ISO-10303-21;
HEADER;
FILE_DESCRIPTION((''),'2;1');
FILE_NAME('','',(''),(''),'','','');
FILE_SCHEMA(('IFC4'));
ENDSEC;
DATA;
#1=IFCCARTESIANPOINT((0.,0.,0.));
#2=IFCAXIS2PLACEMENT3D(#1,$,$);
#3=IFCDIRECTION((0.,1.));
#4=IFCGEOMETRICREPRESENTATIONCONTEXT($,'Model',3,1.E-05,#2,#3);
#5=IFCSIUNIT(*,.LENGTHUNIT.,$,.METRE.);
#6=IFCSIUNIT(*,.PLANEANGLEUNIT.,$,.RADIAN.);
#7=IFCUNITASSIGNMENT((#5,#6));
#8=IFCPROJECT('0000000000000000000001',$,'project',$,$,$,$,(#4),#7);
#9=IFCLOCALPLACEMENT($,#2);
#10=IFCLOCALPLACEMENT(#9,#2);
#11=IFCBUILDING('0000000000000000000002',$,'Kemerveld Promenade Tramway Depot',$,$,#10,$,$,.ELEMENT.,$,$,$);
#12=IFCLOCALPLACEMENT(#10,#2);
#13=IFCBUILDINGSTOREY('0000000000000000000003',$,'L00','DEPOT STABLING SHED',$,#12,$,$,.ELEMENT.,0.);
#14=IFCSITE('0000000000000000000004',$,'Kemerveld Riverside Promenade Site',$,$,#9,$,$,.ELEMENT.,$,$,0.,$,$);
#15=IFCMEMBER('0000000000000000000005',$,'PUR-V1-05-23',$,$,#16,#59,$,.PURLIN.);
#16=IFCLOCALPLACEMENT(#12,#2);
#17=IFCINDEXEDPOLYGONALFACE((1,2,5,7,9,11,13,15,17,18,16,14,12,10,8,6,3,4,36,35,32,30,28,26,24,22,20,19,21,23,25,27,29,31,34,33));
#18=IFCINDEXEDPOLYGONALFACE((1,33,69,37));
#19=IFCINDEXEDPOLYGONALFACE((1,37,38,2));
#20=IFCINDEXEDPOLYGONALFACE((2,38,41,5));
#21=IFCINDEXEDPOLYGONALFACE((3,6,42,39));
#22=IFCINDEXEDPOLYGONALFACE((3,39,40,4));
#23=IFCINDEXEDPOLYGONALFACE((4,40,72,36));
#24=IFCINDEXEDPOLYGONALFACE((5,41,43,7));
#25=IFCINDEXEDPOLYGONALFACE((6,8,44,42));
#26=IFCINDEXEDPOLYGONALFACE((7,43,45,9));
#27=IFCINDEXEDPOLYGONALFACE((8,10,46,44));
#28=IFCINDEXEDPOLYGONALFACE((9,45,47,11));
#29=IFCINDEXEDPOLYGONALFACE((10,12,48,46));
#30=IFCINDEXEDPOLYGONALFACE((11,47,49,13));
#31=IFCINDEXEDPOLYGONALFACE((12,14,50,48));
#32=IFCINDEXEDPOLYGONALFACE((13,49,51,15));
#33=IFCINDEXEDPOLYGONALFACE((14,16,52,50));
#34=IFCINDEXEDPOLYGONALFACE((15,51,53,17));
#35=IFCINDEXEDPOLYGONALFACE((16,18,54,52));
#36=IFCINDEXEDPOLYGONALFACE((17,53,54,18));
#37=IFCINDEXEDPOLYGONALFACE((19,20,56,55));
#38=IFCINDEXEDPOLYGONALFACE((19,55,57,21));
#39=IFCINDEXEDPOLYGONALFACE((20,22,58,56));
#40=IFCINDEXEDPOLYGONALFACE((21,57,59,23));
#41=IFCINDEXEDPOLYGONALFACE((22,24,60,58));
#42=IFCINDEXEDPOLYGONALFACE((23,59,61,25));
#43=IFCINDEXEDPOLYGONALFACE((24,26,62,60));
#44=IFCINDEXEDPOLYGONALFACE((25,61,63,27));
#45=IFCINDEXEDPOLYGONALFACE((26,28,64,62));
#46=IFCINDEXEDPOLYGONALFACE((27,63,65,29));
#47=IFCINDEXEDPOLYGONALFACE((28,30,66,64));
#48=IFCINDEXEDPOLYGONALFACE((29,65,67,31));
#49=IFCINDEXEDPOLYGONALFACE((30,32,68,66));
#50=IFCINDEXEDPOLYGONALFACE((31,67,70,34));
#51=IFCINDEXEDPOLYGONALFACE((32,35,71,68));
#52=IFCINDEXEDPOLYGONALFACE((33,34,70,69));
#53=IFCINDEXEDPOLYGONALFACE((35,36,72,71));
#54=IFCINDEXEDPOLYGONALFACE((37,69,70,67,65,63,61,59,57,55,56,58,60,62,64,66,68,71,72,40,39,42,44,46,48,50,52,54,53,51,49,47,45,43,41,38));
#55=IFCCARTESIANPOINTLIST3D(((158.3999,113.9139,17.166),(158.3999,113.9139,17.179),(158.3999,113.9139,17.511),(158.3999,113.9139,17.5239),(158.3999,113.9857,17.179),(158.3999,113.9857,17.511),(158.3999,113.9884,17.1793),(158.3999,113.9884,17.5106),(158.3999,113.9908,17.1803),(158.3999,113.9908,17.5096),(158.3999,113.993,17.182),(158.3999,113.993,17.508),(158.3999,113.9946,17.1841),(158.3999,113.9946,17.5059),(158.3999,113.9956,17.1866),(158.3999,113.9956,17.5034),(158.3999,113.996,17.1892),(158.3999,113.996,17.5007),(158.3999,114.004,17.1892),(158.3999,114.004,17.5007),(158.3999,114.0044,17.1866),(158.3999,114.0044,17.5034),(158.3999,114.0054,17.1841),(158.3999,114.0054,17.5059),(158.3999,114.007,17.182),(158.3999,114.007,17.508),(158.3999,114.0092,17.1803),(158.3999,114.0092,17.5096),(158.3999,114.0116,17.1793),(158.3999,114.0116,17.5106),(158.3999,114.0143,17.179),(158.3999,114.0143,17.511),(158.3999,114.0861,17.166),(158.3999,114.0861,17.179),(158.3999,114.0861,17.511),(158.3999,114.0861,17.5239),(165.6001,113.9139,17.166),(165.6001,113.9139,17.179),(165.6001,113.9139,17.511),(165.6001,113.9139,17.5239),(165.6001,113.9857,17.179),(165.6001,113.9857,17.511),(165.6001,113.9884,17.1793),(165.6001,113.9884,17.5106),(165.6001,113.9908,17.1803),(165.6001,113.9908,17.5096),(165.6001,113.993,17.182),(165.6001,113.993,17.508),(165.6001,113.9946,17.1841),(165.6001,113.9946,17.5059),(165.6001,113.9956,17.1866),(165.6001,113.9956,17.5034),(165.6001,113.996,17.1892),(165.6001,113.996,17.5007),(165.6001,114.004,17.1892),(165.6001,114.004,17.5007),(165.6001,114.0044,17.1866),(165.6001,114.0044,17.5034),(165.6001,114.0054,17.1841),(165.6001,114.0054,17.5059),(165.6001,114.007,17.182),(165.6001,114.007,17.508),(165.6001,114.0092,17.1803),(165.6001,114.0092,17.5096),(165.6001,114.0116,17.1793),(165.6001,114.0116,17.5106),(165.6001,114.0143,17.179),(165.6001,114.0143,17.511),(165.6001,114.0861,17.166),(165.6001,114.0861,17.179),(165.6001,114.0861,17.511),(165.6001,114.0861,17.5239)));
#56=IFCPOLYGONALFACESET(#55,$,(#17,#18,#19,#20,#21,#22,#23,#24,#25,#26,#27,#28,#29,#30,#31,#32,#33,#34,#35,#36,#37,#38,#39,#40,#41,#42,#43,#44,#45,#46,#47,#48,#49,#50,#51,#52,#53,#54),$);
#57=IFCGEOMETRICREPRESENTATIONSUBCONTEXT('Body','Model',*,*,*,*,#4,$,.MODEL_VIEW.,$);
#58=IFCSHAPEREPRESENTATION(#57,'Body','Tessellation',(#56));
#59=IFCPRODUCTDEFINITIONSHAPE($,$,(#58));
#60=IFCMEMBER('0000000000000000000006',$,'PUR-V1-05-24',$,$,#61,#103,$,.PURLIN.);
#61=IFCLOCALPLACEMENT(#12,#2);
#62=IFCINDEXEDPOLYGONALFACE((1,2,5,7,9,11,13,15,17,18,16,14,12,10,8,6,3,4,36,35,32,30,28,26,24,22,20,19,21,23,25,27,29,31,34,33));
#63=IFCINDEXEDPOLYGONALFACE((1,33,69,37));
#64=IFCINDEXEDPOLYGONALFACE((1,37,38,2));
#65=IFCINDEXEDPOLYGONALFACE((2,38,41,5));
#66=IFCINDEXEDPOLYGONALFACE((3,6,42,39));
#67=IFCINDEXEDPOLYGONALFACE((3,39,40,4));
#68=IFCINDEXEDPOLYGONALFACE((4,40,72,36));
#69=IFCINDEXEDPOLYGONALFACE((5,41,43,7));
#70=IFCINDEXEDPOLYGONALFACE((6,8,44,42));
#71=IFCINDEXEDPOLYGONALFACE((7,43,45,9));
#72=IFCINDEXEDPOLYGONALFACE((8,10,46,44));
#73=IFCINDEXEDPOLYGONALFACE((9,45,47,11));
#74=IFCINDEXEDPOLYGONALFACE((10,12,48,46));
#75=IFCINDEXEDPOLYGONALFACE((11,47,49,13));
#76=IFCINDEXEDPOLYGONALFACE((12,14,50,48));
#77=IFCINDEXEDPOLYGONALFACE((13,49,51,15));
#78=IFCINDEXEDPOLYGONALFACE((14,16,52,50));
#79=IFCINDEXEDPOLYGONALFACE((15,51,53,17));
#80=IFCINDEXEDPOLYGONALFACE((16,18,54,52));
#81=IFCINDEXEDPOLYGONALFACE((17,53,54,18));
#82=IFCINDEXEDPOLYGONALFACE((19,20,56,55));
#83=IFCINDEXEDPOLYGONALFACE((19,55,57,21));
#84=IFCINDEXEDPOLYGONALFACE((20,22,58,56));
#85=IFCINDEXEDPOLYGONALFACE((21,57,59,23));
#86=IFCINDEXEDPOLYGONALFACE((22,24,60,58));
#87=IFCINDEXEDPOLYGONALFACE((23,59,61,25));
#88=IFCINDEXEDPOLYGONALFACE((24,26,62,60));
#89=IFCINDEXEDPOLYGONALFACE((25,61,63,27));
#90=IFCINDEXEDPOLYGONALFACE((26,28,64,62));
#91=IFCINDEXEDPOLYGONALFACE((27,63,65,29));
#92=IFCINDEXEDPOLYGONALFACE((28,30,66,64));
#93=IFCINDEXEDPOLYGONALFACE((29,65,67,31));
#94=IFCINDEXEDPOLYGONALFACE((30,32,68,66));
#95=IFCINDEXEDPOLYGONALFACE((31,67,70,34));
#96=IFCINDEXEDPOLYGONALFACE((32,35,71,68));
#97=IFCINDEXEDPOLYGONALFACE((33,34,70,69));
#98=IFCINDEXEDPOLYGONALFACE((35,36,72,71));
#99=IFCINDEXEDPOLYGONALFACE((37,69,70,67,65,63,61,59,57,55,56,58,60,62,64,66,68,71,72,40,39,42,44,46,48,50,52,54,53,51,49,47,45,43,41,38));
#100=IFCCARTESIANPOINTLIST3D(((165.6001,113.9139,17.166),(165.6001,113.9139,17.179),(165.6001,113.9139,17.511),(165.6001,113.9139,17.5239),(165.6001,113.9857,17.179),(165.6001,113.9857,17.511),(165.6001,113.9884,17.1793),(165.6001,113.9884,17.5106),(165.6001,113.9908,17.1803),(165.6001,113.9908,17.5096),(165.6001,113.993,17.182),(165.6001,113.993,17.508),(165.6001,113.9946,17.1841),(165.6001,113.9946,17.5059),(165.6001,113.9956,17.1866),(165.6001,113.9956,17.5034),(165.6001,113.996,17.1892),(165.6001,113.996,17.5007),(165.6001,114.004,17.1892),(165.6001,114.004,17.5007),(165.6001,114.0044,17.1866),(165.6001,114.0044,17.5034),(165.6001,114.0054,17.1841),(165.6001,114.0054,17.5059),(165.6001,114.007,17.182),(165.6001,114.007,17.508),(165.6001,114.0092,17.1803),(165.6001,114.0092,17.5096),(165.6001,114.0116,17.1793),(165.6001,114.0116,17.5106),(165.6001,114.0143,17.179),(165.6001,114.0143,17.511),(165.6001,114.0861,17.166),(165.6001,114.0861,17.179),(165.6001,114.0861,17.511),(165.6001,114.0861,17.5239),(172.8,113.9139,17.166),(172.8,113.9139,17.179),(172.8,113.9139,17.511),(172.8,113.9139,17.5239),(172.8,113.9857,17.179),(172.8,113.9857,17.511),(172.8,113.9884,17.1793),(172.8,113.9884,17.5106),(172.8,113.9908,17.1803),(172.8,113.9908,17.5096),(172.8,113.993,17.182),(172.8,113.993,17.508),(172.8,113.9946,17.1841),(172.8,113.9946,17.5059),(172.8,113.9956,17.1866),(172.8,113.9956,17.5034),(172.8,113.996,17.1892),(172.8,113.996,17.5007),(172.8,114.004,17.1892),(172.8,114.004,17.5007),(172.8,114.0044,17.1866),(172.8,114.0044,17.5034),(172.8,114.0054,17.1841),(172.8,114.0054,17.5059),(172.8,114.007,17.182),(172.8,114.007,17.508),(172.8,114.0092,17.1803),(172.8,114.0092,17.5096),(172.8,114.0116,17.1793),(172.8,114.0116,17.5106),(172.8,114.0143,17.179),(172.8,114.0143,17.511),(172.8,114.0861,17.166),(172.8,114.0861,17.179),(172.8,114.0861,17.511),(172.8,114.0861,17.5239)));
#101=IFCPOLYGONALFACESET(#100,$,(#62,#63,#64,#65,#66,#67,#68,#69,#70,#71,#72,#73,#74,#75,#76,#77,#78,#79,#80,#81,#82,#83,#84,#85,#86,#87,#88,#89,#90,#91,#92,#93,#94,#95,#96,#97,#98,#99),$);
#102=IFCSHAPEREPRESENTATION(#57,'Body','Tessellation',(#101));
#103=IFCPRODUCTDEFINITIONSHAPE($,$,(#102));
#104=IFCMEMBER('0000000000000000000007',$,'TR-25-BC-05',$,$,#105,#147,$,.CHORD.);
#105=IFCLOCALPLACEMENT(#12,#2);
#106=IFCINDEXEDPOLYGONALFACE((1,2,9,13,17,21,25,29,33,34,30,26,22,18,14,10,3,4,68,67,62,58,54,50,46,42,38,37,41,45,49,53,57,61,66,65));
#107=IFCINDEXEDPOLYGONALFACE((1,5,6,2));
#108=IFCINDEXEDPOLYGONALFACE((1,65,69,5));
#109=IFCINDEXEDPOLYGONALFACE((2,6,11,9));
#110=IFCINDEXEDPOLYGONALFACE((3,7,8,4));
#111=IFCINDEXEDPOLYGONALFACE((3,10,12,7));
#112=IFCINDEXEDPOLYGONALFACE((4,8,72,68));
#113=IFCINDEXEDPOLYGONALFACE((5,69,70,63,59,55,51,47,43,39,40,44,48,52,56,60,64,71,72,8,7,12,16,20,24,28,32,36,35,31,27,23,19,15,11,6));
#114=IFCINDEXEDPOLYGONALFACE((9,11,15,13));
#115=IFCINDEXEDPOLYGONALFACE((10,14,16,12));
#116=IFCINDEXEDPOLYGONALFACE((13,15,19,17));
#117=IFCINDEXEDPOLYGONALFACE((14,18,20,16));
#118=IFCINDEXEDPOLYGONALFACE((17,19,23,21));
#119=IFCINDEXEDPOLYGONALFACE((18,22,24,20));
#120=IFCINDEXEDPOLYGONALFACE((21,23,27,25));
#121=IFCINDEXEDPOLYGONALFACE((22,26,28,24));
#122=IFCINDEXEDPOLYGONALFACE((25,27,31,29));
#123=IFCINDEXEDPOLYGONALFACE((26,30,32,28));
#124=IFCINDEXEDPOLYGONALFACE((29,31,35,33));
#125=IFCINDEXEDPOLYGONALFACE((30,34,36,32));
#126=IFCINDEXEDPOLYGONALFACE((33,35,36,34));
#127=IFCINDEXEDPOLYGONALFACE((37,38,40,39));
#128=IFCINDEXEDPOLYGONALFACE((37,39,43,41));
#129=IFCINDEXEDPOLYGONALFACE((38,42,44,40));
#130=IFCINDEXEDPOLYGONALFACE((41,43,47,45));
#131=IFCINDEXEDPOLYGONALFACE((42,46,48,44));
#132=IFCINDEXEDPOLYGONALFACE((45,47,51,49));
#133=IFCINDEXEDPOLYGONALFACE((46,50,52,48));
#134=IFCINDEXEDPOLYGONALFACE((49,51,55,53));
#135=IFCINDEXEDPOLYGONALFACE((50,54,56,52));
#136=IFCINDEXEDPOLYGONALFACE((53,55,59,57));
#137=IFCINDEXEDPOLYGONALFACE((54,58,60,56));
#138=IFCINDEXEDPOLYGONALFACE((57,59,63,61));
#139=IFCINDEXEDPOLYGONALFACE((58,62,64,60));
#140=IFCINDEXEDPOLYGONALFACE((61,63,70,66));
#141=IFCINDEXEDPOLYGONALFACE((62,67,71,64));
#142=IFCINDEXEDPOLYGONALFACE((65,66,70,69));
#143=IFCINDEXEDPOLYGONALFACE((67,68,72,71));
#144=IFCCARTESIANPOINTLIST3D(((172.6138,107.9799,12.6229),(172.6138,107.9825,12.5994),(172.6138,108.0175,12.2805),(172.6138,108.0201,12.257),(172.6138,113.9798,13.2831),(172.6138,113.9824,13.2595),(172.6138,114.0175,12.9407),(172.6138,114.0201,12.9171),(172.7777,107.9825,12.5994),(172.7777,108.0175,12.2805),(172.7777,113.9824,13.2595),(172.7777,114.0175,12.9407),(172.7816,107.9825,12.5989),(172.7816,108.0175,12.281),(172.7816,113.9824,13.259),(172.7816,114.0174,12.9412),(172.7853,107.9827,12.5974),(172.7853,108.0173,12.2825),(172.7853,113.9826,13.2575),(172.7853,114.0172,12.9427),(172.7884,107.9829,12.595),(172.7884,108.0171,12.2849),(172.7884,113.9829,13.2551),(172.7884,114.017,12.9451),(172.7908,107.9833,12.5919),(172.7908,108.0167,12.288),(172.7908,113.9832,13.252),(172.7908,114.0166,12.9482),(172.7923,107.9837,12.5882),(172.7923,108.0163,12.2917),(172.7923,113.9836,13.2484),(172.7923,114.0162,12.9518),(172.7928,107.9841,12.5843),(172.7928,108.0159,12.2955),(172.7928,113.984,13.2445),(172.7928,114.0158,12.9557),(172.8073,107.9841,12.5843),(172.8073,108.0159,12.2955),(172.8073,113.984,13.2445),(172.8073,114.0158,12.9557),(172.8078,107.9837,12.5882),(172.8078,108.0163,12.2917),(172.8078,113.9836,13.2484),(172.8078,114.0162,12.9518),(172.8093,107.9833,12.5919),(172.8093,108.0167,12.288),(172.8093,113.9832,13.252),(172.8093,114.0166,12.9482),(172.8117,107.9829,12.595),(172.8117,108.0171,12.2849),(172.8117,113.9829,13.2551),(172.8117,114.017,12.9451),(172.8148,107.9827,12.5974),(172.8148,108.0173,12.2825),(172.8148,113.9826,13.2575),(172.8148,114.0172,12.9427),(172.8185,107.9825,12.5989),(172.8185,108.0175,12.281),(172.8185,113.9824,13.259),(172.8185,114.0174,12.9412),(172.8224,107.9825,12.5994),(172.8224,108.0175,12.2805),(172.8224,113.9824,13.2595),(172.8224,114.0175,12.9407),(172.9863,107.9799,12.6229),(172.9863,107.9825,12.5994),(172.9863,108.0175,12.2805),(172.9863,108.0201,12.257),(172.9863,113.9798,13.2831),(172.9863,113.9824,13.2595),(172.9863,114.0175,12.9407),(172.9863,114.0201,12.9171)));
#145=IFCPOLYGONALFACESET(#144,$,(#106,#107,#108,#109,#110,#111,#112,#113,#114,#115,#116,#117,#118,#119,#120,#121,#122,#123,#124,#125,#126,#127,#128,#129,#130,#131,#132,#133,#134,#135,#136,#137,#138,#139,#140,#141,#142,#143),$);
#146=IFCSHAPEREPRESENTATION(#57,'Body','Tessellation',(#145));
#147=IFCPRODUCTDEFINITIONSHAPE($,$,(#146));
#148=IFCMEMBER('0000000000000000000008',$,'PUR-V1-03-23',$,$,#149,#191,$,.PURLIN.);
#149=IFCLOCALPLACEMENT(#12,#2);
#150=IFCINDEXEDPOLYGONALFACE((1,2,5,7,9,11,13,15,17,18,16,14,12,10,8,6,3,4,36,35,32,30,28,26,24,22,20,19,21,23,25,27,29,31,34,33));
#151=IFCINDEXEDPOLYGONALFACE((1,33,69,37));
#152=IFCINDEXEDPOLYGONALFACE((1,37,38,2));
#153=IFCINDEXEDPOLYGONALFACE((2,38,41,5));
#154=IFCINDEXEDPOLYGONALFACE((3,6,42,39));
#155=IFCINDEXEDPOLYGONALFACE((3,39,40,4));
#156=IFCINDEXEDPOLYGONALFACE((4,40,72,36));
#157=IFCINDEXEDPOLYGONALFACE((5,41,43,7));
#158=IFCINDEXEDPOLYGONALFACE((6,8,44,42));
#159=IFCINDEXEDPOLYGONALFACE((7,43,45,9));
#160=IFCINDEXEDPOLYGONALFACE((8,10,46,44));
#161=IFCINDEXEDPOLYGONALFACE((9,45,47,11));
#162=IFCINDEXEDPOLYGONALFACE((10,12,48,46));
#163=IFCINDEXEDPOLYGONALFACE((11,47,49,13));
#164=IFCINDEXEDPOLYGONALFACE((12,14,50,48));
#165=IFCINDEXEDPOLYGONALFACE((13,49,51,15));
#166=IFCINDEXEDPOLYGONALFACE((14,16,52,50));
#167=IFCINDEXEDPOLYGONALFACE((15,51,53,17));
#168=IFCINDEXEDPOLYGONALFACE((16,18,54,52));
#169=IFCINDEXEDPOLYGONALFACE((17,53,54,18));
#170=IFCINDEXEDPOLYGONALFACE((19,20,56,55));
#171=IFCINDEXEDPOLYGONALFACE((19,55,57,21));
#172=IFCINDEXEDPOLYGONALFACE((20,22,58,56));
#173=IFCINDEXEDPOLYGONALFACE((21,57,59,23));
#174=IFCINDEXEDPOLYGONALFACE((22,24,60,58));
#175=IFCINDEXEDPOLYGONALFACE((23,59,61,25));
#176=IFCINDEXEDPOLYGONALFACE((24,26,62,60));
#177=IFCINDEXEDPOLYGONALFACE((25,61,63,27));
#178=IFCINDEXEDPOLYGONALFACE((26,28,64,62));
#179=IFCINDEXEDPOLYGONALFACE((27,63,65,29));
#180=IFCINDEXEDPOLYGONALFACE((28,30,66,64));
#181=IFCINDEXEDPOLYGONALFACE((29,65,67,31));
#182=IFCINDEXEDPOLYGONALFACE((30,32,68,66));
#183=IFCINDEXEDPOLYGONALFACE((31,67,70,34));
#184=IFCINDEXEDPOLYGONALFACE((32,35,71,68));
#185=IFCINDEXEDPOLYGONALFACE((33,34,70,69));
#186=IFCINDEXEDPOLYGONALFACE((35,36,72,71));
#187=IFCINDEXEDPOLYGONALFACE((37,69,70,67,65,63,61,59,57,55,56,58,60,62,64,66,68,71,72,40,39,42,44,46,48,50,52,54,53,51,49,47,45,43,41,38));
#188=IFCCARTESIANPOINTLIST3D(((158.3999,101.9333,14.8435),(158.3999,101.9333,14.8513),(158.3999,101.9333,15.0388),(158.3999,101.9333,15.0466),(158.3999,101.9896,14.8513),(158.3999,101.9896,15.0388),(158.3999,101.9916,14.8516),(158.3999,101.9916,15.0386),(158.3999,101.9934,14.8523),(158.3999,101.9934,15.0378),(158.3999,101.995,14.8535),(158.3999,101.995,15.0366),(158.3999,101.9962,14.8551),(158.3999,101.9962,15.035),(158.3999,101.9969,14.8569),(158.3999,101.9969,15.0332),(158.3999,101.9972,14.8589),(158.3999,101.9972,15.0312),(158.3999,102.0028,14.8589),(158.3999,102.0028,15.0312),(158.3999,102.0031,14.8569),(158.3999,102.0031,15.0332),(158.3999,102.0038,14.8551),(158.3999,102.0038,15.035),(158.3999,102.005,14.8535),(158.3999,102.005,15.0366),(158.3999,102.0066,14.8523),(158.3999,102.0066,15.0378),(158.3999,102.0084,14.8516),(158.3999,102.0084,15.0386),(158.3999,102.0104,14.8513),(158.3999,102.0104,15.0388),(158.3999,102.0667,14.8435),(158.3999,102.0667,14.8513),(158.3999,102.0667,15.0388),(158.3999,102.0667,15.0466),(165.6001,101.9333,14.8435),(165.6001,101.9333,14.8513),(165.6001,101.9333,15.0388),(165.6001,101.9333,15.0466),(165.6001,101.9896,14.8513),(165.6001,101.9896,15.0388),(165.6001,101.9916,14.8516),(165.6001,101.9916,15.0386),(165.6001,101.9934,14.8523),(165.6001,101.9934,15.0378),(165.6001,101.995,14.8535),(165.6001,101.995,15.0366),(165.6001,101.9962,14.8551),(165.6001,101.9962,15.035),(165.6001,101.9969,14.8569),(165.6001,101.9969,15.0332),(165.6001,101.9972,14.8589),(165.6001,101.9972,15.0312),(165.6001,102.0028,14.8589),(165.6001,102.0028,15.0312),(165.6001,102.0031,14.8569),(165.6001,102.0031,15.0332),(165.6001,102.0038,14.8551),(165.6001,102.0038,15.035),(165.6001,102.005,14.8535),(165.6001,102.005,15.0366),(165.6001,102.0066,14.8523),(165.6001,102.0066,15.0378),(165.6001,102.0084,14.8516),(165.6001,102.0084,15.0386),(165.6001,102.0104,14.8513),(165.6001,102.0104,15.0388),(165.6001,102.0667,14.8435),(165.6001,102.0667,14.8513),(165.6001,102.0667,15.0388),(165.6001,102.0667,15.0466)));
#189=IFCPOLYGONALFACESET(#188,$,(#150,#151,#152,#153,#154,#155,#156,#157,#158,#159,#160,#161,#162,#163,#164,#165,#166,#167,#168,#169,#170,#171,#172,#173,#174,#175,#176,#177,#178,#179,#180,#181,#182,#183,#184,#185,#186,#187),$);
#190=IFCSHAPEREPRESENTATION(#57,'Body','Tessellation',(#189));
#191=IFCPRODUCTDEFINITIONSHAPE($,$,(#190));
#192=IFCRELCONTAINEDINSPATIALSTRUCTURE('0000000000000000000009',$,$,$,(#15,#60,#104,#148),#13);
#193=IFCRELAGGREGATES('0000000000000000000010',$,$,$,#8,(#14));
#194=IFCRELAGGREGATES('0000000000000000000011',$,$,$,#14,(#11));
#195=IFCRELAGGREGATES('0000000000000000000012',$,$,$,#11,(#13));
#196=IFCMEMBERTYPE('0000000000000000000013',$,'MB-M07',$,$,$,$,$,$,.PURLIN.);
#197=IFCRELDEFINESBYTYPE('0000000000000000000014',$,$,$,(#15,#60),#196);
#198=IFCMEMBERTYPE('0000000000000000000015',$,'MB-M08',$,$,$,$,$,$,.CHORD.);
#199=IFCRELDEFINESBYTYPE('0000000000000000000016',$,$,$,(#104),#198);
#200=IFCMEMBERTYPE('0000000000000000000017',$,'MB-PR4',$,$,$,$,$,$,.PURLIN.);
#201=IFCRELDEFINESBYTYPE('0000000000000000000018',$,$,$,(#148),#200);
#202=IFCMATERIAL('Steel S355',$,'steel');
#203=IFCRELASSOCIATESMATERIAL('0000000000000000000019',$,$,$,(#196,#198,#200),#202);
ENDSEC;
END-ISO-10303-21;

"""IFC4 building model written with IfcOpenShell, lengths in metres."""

from ifc_helpers import new_model, si_unit, direction, frame, origin, origin_2d, place, context, subcontext, project, spatial, i_section, extrude, material, material_profile, profile_set, type_object, element, save


model = new_model("IFC4")

# Units and contexts
model_context = context("Model", 3, precision=1e-05, world=origin(), true_north=direction((0.0, 1.0)))
body_context = subcontext(model_context, "Body", "Model", "MODEL_VIEW")
ifc_project = project(units=[si_unit("LENGTHUNIT", "METRE"), si_unit("PLANEANGLEUNIT", "RADIAN")], contexts=[model_context])

# Site, building, storey
site_placement = place(None, origin())
site = spatial("IfcSite", under=ifc_project, at=site_placement, Name="Kemerveld Riverside Promenade Site", CompositionType="ELEMENT", RefElevation=0.0)
building_placement = place(site_placement, origin())
building = spatial("IfcBuilding", under=site, at=building_placement, Name="Kemerveld Promenade Tramway Depot", CompositionType="ELEMENT")
storey_placement = place(building_placement, origin())
storey = spatial("IfcBuildingStorey", under=building, at=storey_placement, Name="L00", Description="DEPOT STABLING SHED", CompositionType="ELEMENT", Elevation=0.0)

# Members
ifc_material_1 = material(Name="Steel S355", Category="steel")
ifc_material_profile_1 = material_profile(ifc_material_1, i_section(OverallWidth=0.1721, OverallDepth=0.3579, WebThickness=0.0081, FlangeThickness=0.0129, FilletRadius=0.0103, at=origin_2d()), Name="356x171x57 UB")
ifc_profile_set_1 = profile_set([ifc_material_profile_1], Name="Steel S355")
member_type_1 = type_object("IfcMemberType", Name="MB-M07", PredefinedType="PURLIN", material=ifc_profile_set_1)
member_1_placement = place(storey_placement, frame((158.3999, 114.0, 17.345), z_axis=(1.0, 0.0, 0.0), x_axis=(0.0, 1.0, 0.0)))
element("IfcMember", 1, at=member_1_placement, inside=storey, type_object=member_type_1, Name="PUR-V1-05-23", PredefinedType="PURLIN", context=body_context, shape_type="SweptSolid", body=[
    extrude(i_section(OverallWidth=0.1721, OverallDepth=0.3579, WebThickness=0.0081, FlangeThickness=0.0129, FilletRadius=0.0103, at=origin_2d()), origin(), (0.0, 0.0, 1.0), 7.2002),
])
member_2_placement = place(storey_placement, frame((165.6001, 114.0, 17.345), z_axis=(1.0, 0.0, 0.0), x_axis=(0.0, 1.0, 0.0)))
element("IfcMember", 2, at=member_2_placement, inside=storey, type_object=member_type_1, Name="PUR-V1-05-24", PredefinedType="PURLIN", context=body_context, shape_type="SweptSolid", body=[
    extrude(i_section(OverallWidth=0.1721, OverallDepth=0.3579, WebThickness=0.0081, FlangeThickness=0.0129, FilletRadius=0.0103, at=origin_2d()), origin(), (0.0, 0.0, 1.0), 7.2),
])
ifc_material_profile_2 = material_profile(ifc_material_1, i_section(OverallWidth=0.3726, OverallDepth=0.3682, WebThickness=0.0144, FlangeThickness=0.0237, FilletRadius=0.0151, at=origin_2d()), Name="356x368x177 UC")
ifc_profile_set_2 = profile_set([ifc_material_profile_2], Name="Steel S355")
member_type_2 = type_object("IfcMemberType", Name="MB-M08", PredefinedType="CHORD", material=ifc_profile_set_2)
member_3_placement = place(storey_placement, frame((172.8, 108.0, 12.4399), z_axis=(0.0, 0.994002, 0.109366), x_axis=(-1.0, 0.0, 0.0)))
element("IfcMember", 3, at=member_3_placement, inside=storey, type_object=member_type_2, Name="TR-25-BC-05", PredefinedType="CHORD", context=body_context, shape_type="SweptSolid", body=[
    extrude(i_section(OverallWidth=0.3726, OverallDepth=0.3682, WebThickness=0.0144, FlangeThickness=0.0237, FilletRadius=0.0151, at=origin_2d()), origin(), (0.0, 0.0, 1.0), 6.0361),
])
ifc_material_profile_3 = material_profile(ifc_material_1, i_section(OverallWidth=0.1333, OverallDepth=0.2031, WebThickness=0.0056, FlangeThickness=0.0078, FilletRadius=0.0076, at=origin_2d()), Name="203x133x25 UB")
ifc_profile_set_3 = profile_set([ifc_material_profile_3], Name="Steel S355")
member_type_3 = type_object("IfcMemberType", Name="MB-PR4", PredefinedType="PURLIN", material=ifc_profile_set_3)
member_4_placement = place(storey_placement, frame((158.3999, 102.0, 14.9451), z_axis=(1.0, 0.0, 0.0), x_axis=(0.0, 1.0, 0.0)))
element("IfcMember", 4, at=member_4_placement, inside=storey, type_object=member_type_3, Name="PUR-V1-03-23", PredefinedType="PURLIN", context=body_context, shape_type="SweptSolid", body=[
    extrude(i_section(OverallWidth=0.1333, OverallDepth=0.2031, WebThickness=0.0056, FlangeThickness=0.0078, FilletRadius=0.0076, at=origin_2d()), origin(), (0.0, 0.0, 1.0), 7.2002),
])

save(model, "model.ifc")
